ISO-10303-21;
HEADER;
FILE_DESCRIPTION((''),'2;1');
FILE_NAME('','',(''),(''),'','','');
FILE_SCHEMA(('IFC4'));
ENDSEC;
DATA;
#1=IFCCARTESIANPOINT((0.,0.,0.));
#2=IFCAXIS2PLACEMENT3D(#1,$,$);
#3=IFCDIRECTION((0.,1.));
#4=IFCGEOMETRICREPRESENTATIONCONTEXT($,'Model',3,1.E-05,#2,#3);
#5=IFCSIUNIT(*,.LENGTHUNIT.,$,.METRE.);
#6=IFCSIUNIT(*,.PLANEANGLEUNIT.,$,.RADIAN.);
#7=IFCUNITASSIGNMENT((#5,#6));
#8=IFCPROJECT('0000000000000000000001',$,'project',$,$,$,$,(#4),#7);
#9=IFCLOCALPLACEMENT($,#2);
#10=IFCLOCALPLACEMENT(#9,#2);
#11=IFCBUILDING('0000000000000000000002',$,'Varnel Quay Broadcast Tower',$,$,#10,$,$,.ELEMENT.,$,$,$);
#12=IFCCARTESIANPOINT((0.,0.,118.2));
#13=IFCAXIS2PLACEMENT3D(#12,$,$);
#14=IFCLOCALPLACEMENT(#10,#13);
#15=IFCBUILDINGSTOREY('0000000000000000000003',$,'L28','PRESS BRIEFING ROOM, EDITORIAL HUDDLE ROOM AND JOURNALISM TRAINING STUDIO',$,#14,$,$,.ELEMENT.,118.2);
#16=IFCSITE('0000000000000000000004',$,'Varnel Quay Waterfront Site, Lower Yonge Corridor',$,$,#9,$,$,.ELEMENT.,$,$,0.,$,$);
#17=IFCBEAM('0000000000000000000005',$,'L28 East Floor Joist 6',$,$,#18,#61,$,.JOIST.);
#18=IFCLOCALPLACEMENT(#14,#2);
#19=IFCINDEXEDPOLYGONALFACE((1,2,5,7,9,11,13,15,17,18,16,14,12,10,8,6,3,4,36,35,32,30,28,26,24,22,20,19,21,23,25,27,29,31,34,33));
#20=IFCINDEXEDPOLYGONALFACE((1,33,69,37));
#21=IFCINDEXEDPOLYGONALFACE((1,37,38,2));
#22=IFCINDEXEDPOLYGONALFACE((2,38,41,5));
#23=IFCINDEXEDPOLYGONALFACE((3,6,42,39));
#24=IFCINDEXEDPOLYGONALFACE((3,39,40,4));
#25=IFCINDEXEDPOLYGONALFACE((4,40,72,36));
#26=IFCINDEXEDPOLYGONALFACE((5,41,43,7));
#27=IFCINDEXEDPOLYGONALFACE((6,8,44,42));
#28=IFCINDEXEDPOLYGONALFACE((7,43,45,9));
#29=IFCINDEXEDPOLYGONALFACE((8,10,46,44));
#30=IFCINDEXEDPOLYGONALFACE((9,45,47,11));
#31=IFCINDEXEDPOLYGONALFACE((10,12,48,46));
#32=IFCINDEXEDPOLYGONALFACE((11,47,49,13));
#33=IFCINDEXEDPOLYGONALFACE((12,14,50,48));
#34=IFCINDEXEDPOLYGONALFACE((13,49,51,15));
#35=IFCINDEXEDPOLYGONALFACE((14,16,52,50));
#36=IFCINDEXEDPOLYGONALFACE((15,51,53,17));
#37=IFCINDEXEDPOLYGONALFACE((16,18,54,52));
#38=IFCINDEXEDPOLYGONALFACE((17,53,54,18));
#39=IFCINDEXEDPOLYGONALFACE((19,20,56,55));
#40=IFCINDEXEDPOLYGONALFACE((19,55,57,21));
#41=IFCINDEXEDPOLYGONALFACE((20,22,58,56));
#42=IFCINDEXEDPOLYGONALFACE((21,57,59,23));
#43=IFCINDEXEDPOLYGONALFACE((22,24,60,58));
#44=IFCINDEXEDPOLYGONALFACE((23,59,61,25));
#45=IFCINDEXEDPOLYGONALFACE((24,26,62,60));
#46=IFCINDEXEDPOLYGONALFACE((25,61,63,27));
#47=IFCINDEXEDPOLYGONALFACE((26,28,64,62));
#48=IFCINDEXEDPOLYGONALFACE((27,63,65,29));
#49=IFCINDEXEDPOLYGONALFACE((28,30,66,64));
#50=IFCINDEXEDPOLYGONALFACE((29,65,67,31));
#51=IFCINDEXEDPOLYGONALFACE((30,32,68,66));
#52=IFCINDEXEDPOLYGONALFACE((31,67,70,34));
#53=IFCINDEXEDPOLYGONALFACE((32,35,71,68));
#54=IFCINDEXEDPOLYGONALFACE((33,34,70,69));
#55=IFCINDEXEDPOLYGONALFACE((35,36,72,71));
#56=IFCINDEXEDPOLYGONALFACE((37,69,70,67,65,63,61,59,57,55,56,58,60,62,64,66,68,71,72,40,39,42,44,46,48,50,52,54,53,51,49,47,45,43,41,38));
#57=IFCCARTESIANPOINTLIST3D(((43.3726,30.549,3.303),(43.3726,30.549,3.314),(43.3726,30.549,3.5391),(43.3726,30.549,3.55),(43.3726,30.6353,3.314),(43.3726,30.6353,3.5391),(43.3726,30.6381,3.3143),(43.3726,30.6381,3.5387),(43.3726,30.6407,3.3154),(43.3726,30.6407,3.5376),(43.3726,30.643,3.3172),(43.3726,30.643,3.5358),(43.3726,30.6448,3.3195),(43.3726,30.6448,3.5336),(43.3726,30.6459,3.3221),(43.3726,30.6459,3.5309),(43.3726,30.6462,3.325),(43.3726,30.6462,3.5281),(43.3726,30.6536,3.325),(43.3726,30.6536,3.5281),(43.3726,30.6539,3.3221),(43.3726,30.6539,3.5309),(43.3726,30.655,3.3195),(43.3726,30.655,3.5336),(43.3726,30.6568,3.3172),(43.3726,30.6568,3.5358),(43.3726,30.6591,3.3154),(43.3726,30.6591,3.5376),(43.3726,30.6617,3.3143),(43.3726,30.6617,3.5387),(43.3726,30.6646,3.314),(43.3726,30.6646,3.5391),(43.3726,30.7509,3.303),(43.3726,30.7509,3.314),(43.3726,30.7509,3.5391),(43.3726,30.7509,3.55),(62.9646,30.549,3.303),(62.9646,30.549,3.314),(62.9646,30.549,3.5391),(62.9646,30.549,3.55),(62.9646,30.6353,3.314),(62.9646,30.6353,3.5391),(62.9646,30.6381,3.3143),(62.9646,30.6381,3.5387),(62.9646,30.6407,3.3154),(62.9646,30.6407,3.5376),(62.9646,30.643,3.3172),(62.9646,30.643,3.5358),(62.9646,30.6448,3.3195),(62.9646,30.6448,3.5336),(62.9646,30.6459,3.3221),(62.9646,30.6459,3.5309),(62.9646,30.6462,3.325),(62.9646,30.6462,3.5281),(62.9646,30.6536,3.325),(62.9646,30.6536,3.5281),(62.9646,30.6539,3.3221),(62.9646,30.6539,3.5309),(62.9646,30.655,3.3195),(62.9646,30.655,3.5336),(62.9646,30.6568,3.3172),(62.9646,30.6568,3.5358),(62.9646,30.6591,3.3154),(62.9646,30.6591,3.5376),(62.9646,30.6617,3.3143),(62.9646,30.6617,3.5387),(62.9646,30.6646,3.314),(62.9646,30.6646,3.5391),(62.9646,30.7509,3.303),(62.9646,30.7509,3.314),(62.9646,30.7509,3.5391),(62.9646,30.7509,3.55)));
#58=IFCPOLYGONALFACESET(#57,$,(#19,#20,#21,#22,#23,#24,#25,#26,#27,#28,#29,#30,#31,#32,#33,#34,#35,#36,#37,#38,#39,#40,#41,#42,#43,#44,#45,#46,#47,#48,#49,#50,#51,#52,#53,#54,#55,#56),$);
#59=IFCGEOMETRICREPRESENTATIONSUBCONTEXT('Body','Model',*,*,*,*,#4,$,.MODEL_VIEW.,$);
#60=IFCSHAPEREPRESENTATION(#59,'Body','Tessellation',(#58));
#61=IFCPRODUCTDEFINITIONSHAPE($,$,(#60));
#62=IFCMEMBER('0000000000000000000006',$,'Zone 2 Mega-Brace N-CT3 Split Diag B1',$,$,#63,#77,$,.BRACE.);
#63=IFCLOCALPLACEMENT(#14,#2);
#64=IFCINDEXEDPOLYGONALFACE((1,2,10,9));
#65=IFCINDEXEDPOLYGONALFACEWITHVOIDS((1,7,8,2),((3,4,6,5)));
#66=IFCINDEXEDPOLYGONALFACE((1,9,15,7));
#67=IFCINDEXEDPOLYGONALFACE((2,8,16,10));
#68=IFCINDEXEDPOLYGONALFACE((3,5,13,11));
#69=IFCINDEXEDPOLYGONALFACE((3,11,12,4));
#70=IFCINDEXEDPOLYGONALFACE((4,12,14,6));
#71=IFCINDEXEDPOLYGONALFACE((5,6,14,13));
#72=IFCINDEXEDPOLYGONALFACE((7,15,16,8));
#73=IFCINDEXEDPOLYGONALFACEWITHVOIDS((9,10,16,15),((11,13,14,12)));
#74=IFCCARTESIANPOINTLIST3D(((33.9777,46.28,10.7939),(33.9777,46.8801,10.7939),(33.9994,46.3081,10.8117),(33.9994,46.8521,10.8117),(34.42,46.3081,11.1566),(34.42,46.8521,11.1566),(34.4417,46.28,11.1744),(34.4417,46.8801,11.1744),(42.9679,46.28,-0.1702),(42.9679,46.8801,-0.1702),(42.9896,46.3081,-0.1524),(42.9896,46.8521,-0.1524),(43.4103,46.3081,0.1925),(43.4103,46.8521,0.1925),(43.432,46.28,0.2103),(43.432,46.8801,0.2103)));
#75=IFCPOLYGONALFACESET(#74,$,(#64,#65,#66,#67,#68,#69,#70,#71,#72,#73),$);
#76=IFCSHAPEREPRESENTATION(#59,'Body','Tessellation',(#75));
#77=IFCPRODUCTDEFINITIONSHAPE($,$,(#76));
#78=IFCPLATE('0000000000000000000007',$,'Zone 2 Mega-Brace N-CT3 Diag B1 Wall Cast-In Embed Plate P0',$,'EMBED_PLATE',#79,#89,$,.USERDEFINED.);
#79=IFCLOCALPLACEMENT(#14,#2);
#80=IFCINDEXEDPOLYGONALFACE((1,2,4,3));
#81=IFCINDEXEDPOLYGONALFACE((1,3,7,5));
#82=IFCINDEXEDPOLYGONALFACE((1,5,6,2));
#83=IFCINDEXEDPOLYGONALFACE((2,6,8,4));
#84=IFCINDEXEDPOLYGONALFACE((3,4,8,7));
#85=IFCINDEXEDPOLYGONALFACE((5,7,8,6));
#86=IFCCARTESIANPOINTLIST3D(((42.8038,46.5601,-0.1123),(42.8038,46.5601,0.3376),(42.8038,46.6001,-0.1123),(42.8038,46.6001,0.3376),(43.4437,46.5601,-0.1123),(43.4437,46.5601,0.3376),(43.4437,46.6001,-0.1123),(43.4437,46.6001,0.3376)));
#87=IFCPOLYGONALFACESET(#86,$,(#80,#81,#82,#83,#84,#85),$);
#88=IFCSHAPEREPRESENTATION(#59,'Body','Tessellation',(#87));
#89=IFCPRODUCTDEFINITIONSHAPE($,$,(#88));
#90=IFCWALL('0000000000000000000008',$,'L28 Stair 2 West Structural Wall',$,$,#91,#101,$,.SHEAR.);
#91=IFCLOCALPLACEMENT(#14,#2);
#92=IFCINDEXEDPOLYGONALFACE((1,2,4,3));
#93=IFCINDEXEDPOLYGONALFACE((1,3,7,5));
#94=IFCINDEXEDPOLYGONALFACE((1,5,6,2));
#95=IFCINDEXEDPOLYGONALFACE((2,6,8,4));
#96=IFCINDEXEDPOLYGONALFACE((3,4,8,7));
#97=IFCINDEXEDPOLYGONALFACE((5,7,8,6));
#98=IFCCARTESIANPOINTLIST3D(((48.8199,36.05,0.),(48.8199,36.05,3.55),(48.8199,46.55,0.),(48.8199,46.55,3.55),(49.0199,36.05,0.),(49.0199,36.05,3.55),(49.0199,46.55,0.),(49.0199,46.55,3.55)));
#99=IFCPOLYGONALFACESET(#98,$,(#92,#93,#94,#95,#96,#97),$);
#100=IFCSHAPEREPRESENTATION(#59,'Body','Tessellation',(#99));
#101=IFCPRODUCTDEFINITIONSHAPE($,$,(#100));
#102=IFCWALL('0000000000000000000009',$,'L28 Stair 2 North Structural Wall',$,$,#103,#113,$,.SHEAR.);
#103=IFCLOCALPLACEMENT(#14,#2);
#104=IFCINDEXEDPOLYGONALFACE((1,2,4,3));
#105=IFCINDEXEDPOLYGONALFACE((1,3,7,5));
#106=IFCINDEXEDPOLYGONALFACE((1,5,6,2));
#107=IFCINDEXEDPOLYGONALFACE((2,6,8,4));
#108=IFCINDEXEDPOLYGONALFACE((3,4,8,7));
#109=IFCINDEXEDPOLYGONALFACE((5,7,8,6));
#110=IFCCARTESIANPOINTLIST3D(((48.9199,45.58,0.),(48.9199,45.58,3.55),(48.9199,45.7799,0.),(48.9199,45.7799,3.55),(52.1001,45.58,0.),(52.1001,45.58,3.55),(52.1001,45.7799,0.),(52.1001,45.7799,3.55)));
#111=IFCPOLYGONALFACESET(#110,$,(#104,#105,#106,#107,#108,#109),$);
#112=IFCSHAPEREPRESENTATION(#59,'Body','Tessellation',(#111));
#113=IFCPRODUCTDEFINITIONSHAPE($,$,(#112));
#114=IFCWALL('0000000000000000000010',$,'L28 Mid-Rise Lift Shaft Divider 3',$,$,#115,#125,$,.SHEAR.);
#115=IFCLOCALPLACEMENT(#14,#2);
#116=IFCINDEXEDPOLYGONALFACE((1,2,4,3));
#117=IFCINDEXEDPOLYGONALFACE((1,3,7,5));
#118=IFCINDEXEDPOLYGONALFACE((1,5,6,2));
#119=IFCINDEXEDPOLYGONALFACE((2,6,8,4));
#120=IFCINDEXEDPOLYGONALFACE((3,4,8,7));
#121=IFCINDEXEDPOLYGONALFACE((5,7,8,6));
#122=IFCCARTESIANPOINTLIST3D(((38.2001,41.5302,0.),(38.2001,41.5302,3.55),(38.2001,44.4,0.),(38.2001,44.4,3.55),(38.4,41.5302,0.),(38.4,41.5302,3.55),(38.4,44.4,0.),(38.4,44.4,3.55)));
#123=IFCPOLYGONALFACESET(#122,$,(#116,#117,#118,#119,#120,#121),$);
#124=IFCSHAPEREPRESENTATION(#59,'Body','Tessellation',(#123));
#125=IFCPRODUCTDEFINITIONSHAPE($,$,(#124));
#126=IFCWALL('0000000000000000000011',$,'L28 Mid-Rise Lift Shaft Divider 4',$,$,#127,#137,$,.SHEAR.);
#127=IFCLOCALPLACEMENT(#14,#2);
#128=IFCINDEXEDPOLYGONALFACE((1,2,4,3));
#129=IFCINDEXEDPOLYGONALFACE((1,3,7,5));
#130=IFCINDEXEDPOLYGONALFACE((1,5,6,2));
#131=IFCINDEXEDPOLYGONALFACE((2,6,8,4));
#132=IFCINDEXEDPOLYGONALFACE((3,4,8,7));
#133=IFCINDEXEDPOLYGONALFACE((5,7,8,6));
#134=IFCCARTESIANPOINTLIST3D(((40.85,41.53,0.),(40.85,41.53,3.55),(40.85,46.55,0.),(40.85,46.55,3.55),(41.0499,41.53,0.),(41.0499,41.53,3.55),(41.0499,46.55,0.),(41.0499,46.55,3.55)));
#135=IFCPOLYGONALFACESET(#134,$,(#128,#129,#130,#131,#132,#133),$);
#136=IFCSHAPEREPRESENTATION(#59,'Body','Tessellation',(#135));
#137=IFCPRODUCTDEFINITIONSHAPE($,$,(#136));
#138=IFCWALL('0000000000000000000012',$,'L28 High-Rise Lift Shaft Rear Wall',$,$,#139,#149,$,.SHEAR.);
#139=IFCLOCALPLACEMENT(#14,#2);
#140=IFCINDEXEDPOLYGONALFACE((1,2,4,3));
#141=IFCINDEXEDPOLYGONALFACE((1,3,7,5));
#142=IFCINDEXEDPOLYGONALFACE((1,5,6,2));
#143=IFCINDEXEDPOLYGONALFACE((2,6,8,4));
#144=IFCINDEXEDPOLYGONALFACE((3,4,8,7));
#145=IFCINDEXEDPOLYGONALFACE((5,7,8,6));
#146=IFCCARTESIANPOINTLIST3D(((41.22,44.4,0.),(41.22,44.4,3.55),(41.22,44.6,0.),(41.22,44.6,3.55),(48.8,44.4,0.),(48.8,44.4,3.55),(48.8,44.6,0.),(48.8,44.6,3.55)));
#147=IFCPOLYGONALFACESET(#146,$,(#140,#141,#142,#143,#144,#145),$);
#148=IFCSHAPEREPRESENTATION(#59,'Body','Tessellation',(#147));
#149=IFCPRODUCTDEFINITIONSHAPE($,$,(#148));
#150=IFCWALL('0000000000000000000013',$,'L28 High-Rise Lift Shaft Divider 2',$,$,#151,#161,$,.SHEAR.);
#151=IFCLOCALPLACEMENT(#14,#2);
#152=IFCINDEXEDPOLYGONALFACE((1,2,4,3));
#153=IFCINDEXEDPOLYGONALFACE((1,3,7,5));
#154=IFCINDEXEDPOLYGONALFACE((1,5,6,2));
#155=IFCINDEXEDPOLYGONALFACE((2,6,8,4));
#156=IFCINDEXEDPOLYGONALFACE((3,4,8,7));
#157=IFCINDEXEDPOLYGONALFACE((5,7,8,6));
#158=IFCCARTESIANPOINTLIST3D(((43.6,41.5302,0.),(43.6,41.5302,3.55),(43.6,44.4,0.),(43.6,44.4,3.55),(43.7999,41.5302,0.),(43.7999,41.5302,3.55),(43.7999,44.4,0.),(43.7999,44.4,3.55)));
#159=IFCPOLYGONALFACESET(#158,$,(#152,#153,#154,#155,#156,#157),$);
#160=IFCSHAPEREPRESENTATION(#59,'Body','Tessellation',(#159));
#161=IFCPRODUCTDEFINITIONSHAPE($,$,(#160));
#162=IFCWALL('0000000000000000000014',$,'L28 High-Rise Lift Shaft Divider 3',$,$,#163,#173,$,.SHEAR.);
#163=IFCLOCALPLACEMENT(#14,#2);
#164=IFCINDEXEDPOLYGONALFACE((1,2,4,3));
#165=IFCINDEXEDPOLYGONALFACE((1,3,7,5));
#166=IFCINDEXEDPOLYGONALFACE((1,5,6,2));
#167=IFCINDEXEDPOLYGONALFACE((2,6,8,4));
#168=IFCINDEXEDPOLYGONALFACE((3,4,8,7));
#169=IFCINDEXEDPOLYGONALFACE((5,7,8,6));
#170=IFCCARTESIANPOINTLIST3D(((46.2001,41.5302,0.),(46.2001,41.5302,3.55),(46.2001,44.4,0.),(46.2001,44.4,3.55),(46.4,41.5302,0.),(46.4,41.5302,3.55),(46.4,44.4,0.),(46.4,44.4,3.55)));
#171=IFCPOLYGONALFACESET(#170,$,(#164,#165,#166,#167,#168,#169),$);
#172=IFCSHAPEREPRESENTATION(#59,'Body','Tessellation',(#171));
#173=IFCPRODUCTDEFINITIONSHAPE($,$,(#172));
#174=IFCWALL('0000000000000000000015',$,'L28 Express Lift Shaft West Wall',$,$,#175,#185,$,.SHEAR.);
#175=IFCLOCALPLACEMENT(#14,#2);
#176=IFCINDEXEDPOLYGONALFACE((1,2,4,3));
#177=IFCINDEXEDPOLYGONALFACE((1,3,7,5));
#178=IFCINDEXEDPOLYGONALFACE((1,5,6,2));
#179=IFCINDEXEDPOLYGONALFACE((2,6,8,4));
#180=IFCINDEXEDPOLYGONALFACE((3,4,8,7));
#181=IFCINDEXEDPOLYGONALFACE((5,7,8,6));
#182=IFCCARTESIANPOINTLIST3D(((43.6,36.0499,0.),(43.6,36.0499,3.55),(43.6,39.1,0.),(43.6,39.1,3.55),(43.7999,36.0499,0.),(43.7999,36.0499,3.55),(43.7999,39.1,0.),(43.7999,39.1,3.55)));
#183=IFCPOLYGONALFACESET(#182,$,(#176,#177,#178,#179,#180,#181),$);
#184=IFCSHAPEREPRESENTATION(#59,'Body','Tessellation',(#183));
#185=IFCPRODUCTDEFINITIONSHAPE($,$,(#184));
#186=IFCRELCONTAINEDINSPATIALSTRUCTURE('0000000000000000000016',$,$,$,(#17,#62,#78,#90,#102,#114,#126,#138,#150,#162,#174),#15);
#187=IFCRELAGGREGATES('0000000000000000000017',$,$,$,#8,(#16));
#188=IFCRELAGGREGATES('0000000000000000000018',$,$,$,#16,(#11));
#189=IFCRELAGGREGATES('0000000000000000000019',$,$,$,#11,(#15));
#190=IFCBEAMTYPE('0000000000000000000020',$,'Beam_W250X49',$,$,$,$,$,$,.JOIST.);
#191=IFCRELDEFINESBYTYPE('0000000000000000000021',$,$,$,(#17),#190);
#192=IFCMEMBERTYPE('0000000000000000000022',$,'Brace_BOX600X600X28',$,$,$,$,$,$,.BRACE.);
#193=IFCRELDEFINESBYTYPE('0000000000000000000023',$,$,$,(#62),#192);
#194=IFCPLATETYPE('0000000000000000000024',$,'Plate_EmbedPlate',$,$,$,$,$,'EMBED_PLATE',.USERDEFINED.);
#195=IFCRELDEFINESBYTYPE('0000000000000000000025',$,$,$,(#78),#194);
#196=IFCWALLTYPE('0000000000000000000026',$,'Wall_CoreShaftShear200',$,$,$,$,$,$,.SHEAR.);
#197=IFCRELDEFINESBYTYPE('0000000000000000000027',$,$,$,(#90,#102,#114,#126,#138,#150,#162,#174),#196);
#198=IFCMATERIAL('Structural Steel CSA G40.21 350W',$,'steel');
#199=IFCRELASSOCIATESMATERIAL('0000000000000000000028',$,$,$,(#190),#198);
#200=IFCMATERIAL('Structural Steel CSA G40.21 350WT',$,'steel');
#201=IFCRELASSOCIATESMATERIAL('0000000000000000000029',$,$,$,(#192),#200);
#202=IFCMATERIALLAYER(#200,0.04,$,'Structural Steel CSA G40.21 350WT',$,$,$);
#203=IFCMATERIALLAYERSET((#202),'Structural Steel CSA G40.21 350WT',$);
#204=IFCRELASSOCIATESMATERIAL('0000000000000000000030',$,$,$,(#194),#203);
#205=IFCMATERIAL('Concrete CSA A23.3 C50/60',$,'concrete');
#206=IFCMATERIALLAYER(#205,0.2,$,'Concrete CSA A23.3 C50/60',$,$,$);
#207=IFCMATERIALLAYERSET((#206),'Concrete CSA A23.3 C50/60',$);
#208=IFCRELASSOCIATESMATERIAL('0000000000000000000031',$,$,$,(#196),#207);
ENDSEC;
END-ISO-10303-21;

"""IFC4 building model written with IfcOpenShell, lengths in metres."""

from ifc_helpers import new_model, si_unit, direction, frame, frame_2d, origin, origin_2d, place, context, subcontext, project, spatial, rectangle, hollow_rectangle, i_section, extrude, source, transform, mapped, material, layer, layer_set, material_profile, profile_set, type_object, type_shapes, element, save


model = new_model("IFC4")

# Units and contexts
model_context = context("Model", 3, precision=1e-05, world=origin(), true_north=direction((0.0, 1.0)))
body_context = subcontext(model_context, "Body", "Model", "MODEL_VIEW")
ifc_project = project(units=[si_unit("LENGTHUNIT", "METRE"), si_unit("PLANEANGLEUNIT", "RADIAN")], contexts=[model_context])

# Site, building, storey
site_placement = place(None, origin())
site = spatial("IfcSite", under=ifc_project, at=site_placement, Name="Varnel Quay Waterfront Site, Lower Yonge Corridor", CompositionType="ELEMENT", RefElevation=0.0)
building_placement = place(site_placement, origin())
building = spatial("IfcBuilding", under=site, at=building_placement, Name="Varnel Quay Broadcast Tower", CompositionType="ELEMENT")
storey_placement = place(building_placement, frame((0.0, 0.0, 118.2)))
storey = spatial("IfcBuildingStorey", under=building, at=storey_placement, Name="L28", Description="PRESS BRIEFING ROOM, EDITORIAL HUDDLE ROOM AND JOURNALISM TRAINING STUDIO", CompositionType="ELEMENT", Elevation=118.2)

# Shared definitions
ifc_material_1 = material(Name="Structural Steel CSA G40.21 350WT", Category="steel")

# Beam
ifc_material_2 = material(Name="Structural Steel CSA G40.21 350W", Category="steel")
ifc_material_profile_1 = material_profile(ifc_material_2, i_section(OverallWidth=0.2019, OverallDepth=0.2471, WebThickness=0.0073, FlangeThickness=0.011, FilletRadius=0.011, at=origin_2d()), Name="W250X49")
ifc_profile_set_1 = profile_set([ifc_material_profile_1], Name="Structural Steel CSA G40.21 350W")
beam_type_1 = type_object("IfcBeamType", Name="Beam_W250X49", PredefinedType="JOIST", material=ifc_profile_set_1)
shared_shape_1 = source(origin(), body_context, "Body", "SweptSolid", [
    extrude(i_section(OverallWidth=0.2019, OverallDepth=0.2471, WebThickness=0.0073, FlangeThickness=0.011, FilletRadius=0.011, at=origin_2d()), origin(), (0.0, 0.0, 1.0), 19.592),
])
type_shapes(beam_type_1, [shared_shape_1])
beam_1_placement = place(storey_placement, frame((43.3726, 30.6499, 3.4265), z_axis=(1.0, 0.0, 0.0), x_axis=(0.0, 1.0, 0.0)))
element("IfcBeam", 1, at=beam_1_placement, inside=storey, type_object=beam_type_1, Name="L28 East Floor Joist 6", PredefinedType="JOIST", context=body_context, shape_type="MappedRepresentation", body=[
    mapped(shared_shape_1, transform((0.0, 0.0, 0.0), x_axis=(1.0, 0.0, 0.0), y_axis=(0.0, 1.0, 0.0), z_axis=(0.0, 0.0, 1.0), scale=1.0)),
])

# Member
ifc_material_profile_2 = material_profile(ifc_material_1, hollow_rectangle(XDim=0.6001, YDim=0.6001, WallThickness=0.0281, at=origin_2d()), Name="BOX600X600X28")
ifc_profile_set_2 = profile_set([ifc_material_profile_2], Name="Structural Steel CSA G40.21 350WT")
member_type = type_object("IfcMemberType", Name="Brace_BOX600X600X28", PredefinedType="BRACE", material=ifc_profile_set_2)
shared_shape_2 = source(origin(), body_context, "Body", "SweptSolid", [
    extrude(hollow_rectangle(XDim=0.6001, YDim=0.6001, WallThickness=0.0281, at=origin_2d()), origin(), (0.0, 0.0, 1.0), 14.1787),
])
type_shapes(member_type, [shared_shape_2])
member_placement = place(storey_placement, frame((43.2, 46.5801, 0.02), z_axis=(-0.634065, 0.0, 0.773279), x_axis=(0.0, -1.0, 0.0)))
element("IfcMember", 2, at=member_placement, inside=storey, type_object=member_type, Name="Zone 2 Mega-Brace N-CT3 Split Diag B1", PredefinedType="BRACE", context=body_context, shape_type="MappedRepresentation", body=[
    mapped(shared_shape_2, transform((0.0, 0.0, 0.0), x_axis=(1.0, 0.0, 0.0), y_axis=(0.0, 1.0, 0.0), z_axis=(0.0, 0.0, 1.0), scale=1.0)),
])

# Plate
ifc_layer_1 = layer(ifc_material_1, 0.04, Name="Structural Steel CSA G40.21 350WT")
ifc_layer_set_1 = layer_set([ifc_layer_1], Name="Structural Steel CSA G40.21 350WT")
plate_type = type_object("IfcPlateType", Name="Plate_EmbedPlate", ElementType="EMBED_PLATE", PredefinedType="USERDEFINED", material=ifc_layer_set_1)
shared_shape_3 = source(origin(), body_context, "Body", "SweptSolid", [
    extrude(rectangle(XDim=0.6399, YDim=0.04, at=origin_2d()), origin(), (0.0, 0.0, 1.0), 0.45),
])
type_shapes(plate_type, [shared_shape_3])
plate_placement = place(storey_placement, frame((43.1238, 46.5801, -0.1123), z_axis=(0.0, 0.0, 1.0), x_axis=(1.0, 0.0, 0.0)))
element("IfcPlate", 3, at=plate_placement, inside=storey, type_object=plate_type, Name="Zone 2 Mega-Brace N-CT3 Diag B1 Wall Cast-In Embed Plate P0", ObjectType="EMBED_PLATE", PredefinedType="USERDEFINED", context=body_context, shape_type="MappedRepresentation", body=[
    mapped(shared_shape_3, transform((0.0, 0.0, 0.0), x_axis=(1.0, 0.0, 0.0), y_axis=(0.0, 1.0, 0.0), z_axis=(0.0, 0.0, 1.0), scale=1.0)),
])

# Walls
ifc_material_3 = material(Name="Concrete CSA A23.3 C50/60", Category="concrete")
ifc_layer_2 = layer(ifc_material_3, 0.2, Name="Concrete CSA A23.3 C50/60")
ifc_layer_set_2 = layer_set([ifc_layer_2], Name="Concrete CSA A23.3 C50/60")
wall_type_1 = type_object("IfcWallType", Name="Wall_CoreShaftShear200", PredefinedType="SHEAR", material=ifc_layer_set_2)
wall_1_placement = place(storey_placement, frame((48.9199, 36.05, 0.0), z_axis=(0.0, 0.0, 1.0), x_axis=(0.0, 1.0, 0.0)))
element("IfcWall", 4, at=wall_1_placement, inside=storey, type_object=wall_type_1, Name="L28 Stair 2 West Structural Wall", PredefinedType="SHEAR", context=body_context, shape_type="SweptSolid", body=[
    extrude(rectangle(XDim=10.5, YDim=0.2, at=frame_2d((5.25, 0.0))), origin(), (0.0, 0.0, 1.0), 3.55),
])
wall_2_placement = place(storey_placement, frame((48.9199, 45.6799, 0.0), z_axis=(0.0, 0.0, 1.0), x_axis=(1.0, 0.0, 0.0)))
element("IfcWall", 5, at=wall_2_placement, inside=storey, type_object=wall_type_1, Name="L28 Stair 2 North Structural Wall", PredefinedType="SHEAR", context=body_context, shape_type="SweptSolid", body=[
    extrude(rectangle(XDim=3.1802, YDim=0.2, at=frame_2d((1.5901, 0.0))), origin(), (0.0, 0.0, 1.0), 3.55),
])
wall_3_placement = place(storey_placement, frame((38.3, 41.53, 0.0), z_axis=(0.0, 0.0, 1.0), x_axis=(0.0, 1.0, 0.0)))
element("IfcWall", 6, at=wall_3_placement, inside=storey, type_object=wall_type_1, Name="L28 Mid-Rise Lift Shaft Divider 3", PredefinedType="SHEAR", context=body_context, shape_type="SweptSolid", body=[
    extrude(rectangle(XDim=2.8699, YDim=0.2, at=frame_2d((1.4351, 0.0))), origin(), (0.0, 0.0, 1.0), 3.55),
])
wall_4_placement = place(storey_placement, frame((40.95, 41.53, 0.0), z_axis=(0.0, 0.0, 1.0), x_axis=(0.0, 1.0, 0.0)))
element("IfcWall", 7, at=wall_4_placement, inside=storey, type_object=wall_type_1, Name="L28 Mid-Rise Lift Shaft Divider 4", PredefinedType="SHEAR", context=body_context, shape_type="SweptSolid", body=[
    extrude(rectangle(XDim=5.02, YDim=0.2, at=frame_2d((2.51, 0.0))), origin(), (0.0, 0.0, 1.0), 3.55),
])
wall_5_placement = place(storey_placement, frame((41.22, 44.5, 0.0), z_axis=(0.0, 0.0, 1.0), x_axis=(1.0, 0.0, 0.0)))
element("IfcWall", 8, at=wall_5_placement, inside=storey, type_object=wall_type_1, Name="L28 High-Rise Lift Shaft Rear Wall", PredefinedType="SHEAR", context=body_context, shape_type="SweptSolid", body=[
    extrude(rectangle(XDim=7.5801, YDim=0.2, at=frame_2d((3.79, 0.0))), origin(), (0.0, 0.0, 1.0), 3.55),
])
for number, where, z_axis, x_axis, name in (
    (9, (43.7, 41.53, 0.0), (0.0, 0.0, 1.0), (0.0, 1.0, 0.0), "L28 High-Rise Lift Shaft Divider 2"),
    (10, (46.3, 41.53, 0.0), (0.0, 0.0, 1.0), (0.0, 1.0, 0.0), "L28 High-Rise Lift Shaft Divider 3"),
):
    element("IfcWall", number, at=place(storey_placement, frame(where, z_axis=z_axis, x_axis=x_axis)), inside=storey, type_object=wall_type_1, Name=name, PredefinedType="SHEAR", context=body_context, shape_type="SweptSolid", body=[
        extrude(rectangle(XDim=2.8699, YDim=0.2, at=frame_2d((1.4351, 0.0))), origin(), (0.0, 0.0, 1.0), 3.55),
    ])
for number, where, z_axis, x_axis, name in (
    (11, (43.7, 36.05, 0.0), (0.0, 0.0, 1.0), (0.0, 1.0, 0.0), "L28 Express Lift Shaft West Wall"),
):
    element("IfcWall", number, at=place(storey_placement, frame(where, z_axis=z_axis, x_axis=x_axis)), inside=storey, type_object=wall_type_1, Name=name, PredefinedType="SHEAR", context=body_context, shape_type="SweptSolid", body=[
        extrude(rectangle(XDim=3.05, YDim=0.2, at=frame_2d((1.5249, 0.0))), origin(), (0.0, 0.0, 1.0), 3.55),
    ])

save(model, "model.ifc")
